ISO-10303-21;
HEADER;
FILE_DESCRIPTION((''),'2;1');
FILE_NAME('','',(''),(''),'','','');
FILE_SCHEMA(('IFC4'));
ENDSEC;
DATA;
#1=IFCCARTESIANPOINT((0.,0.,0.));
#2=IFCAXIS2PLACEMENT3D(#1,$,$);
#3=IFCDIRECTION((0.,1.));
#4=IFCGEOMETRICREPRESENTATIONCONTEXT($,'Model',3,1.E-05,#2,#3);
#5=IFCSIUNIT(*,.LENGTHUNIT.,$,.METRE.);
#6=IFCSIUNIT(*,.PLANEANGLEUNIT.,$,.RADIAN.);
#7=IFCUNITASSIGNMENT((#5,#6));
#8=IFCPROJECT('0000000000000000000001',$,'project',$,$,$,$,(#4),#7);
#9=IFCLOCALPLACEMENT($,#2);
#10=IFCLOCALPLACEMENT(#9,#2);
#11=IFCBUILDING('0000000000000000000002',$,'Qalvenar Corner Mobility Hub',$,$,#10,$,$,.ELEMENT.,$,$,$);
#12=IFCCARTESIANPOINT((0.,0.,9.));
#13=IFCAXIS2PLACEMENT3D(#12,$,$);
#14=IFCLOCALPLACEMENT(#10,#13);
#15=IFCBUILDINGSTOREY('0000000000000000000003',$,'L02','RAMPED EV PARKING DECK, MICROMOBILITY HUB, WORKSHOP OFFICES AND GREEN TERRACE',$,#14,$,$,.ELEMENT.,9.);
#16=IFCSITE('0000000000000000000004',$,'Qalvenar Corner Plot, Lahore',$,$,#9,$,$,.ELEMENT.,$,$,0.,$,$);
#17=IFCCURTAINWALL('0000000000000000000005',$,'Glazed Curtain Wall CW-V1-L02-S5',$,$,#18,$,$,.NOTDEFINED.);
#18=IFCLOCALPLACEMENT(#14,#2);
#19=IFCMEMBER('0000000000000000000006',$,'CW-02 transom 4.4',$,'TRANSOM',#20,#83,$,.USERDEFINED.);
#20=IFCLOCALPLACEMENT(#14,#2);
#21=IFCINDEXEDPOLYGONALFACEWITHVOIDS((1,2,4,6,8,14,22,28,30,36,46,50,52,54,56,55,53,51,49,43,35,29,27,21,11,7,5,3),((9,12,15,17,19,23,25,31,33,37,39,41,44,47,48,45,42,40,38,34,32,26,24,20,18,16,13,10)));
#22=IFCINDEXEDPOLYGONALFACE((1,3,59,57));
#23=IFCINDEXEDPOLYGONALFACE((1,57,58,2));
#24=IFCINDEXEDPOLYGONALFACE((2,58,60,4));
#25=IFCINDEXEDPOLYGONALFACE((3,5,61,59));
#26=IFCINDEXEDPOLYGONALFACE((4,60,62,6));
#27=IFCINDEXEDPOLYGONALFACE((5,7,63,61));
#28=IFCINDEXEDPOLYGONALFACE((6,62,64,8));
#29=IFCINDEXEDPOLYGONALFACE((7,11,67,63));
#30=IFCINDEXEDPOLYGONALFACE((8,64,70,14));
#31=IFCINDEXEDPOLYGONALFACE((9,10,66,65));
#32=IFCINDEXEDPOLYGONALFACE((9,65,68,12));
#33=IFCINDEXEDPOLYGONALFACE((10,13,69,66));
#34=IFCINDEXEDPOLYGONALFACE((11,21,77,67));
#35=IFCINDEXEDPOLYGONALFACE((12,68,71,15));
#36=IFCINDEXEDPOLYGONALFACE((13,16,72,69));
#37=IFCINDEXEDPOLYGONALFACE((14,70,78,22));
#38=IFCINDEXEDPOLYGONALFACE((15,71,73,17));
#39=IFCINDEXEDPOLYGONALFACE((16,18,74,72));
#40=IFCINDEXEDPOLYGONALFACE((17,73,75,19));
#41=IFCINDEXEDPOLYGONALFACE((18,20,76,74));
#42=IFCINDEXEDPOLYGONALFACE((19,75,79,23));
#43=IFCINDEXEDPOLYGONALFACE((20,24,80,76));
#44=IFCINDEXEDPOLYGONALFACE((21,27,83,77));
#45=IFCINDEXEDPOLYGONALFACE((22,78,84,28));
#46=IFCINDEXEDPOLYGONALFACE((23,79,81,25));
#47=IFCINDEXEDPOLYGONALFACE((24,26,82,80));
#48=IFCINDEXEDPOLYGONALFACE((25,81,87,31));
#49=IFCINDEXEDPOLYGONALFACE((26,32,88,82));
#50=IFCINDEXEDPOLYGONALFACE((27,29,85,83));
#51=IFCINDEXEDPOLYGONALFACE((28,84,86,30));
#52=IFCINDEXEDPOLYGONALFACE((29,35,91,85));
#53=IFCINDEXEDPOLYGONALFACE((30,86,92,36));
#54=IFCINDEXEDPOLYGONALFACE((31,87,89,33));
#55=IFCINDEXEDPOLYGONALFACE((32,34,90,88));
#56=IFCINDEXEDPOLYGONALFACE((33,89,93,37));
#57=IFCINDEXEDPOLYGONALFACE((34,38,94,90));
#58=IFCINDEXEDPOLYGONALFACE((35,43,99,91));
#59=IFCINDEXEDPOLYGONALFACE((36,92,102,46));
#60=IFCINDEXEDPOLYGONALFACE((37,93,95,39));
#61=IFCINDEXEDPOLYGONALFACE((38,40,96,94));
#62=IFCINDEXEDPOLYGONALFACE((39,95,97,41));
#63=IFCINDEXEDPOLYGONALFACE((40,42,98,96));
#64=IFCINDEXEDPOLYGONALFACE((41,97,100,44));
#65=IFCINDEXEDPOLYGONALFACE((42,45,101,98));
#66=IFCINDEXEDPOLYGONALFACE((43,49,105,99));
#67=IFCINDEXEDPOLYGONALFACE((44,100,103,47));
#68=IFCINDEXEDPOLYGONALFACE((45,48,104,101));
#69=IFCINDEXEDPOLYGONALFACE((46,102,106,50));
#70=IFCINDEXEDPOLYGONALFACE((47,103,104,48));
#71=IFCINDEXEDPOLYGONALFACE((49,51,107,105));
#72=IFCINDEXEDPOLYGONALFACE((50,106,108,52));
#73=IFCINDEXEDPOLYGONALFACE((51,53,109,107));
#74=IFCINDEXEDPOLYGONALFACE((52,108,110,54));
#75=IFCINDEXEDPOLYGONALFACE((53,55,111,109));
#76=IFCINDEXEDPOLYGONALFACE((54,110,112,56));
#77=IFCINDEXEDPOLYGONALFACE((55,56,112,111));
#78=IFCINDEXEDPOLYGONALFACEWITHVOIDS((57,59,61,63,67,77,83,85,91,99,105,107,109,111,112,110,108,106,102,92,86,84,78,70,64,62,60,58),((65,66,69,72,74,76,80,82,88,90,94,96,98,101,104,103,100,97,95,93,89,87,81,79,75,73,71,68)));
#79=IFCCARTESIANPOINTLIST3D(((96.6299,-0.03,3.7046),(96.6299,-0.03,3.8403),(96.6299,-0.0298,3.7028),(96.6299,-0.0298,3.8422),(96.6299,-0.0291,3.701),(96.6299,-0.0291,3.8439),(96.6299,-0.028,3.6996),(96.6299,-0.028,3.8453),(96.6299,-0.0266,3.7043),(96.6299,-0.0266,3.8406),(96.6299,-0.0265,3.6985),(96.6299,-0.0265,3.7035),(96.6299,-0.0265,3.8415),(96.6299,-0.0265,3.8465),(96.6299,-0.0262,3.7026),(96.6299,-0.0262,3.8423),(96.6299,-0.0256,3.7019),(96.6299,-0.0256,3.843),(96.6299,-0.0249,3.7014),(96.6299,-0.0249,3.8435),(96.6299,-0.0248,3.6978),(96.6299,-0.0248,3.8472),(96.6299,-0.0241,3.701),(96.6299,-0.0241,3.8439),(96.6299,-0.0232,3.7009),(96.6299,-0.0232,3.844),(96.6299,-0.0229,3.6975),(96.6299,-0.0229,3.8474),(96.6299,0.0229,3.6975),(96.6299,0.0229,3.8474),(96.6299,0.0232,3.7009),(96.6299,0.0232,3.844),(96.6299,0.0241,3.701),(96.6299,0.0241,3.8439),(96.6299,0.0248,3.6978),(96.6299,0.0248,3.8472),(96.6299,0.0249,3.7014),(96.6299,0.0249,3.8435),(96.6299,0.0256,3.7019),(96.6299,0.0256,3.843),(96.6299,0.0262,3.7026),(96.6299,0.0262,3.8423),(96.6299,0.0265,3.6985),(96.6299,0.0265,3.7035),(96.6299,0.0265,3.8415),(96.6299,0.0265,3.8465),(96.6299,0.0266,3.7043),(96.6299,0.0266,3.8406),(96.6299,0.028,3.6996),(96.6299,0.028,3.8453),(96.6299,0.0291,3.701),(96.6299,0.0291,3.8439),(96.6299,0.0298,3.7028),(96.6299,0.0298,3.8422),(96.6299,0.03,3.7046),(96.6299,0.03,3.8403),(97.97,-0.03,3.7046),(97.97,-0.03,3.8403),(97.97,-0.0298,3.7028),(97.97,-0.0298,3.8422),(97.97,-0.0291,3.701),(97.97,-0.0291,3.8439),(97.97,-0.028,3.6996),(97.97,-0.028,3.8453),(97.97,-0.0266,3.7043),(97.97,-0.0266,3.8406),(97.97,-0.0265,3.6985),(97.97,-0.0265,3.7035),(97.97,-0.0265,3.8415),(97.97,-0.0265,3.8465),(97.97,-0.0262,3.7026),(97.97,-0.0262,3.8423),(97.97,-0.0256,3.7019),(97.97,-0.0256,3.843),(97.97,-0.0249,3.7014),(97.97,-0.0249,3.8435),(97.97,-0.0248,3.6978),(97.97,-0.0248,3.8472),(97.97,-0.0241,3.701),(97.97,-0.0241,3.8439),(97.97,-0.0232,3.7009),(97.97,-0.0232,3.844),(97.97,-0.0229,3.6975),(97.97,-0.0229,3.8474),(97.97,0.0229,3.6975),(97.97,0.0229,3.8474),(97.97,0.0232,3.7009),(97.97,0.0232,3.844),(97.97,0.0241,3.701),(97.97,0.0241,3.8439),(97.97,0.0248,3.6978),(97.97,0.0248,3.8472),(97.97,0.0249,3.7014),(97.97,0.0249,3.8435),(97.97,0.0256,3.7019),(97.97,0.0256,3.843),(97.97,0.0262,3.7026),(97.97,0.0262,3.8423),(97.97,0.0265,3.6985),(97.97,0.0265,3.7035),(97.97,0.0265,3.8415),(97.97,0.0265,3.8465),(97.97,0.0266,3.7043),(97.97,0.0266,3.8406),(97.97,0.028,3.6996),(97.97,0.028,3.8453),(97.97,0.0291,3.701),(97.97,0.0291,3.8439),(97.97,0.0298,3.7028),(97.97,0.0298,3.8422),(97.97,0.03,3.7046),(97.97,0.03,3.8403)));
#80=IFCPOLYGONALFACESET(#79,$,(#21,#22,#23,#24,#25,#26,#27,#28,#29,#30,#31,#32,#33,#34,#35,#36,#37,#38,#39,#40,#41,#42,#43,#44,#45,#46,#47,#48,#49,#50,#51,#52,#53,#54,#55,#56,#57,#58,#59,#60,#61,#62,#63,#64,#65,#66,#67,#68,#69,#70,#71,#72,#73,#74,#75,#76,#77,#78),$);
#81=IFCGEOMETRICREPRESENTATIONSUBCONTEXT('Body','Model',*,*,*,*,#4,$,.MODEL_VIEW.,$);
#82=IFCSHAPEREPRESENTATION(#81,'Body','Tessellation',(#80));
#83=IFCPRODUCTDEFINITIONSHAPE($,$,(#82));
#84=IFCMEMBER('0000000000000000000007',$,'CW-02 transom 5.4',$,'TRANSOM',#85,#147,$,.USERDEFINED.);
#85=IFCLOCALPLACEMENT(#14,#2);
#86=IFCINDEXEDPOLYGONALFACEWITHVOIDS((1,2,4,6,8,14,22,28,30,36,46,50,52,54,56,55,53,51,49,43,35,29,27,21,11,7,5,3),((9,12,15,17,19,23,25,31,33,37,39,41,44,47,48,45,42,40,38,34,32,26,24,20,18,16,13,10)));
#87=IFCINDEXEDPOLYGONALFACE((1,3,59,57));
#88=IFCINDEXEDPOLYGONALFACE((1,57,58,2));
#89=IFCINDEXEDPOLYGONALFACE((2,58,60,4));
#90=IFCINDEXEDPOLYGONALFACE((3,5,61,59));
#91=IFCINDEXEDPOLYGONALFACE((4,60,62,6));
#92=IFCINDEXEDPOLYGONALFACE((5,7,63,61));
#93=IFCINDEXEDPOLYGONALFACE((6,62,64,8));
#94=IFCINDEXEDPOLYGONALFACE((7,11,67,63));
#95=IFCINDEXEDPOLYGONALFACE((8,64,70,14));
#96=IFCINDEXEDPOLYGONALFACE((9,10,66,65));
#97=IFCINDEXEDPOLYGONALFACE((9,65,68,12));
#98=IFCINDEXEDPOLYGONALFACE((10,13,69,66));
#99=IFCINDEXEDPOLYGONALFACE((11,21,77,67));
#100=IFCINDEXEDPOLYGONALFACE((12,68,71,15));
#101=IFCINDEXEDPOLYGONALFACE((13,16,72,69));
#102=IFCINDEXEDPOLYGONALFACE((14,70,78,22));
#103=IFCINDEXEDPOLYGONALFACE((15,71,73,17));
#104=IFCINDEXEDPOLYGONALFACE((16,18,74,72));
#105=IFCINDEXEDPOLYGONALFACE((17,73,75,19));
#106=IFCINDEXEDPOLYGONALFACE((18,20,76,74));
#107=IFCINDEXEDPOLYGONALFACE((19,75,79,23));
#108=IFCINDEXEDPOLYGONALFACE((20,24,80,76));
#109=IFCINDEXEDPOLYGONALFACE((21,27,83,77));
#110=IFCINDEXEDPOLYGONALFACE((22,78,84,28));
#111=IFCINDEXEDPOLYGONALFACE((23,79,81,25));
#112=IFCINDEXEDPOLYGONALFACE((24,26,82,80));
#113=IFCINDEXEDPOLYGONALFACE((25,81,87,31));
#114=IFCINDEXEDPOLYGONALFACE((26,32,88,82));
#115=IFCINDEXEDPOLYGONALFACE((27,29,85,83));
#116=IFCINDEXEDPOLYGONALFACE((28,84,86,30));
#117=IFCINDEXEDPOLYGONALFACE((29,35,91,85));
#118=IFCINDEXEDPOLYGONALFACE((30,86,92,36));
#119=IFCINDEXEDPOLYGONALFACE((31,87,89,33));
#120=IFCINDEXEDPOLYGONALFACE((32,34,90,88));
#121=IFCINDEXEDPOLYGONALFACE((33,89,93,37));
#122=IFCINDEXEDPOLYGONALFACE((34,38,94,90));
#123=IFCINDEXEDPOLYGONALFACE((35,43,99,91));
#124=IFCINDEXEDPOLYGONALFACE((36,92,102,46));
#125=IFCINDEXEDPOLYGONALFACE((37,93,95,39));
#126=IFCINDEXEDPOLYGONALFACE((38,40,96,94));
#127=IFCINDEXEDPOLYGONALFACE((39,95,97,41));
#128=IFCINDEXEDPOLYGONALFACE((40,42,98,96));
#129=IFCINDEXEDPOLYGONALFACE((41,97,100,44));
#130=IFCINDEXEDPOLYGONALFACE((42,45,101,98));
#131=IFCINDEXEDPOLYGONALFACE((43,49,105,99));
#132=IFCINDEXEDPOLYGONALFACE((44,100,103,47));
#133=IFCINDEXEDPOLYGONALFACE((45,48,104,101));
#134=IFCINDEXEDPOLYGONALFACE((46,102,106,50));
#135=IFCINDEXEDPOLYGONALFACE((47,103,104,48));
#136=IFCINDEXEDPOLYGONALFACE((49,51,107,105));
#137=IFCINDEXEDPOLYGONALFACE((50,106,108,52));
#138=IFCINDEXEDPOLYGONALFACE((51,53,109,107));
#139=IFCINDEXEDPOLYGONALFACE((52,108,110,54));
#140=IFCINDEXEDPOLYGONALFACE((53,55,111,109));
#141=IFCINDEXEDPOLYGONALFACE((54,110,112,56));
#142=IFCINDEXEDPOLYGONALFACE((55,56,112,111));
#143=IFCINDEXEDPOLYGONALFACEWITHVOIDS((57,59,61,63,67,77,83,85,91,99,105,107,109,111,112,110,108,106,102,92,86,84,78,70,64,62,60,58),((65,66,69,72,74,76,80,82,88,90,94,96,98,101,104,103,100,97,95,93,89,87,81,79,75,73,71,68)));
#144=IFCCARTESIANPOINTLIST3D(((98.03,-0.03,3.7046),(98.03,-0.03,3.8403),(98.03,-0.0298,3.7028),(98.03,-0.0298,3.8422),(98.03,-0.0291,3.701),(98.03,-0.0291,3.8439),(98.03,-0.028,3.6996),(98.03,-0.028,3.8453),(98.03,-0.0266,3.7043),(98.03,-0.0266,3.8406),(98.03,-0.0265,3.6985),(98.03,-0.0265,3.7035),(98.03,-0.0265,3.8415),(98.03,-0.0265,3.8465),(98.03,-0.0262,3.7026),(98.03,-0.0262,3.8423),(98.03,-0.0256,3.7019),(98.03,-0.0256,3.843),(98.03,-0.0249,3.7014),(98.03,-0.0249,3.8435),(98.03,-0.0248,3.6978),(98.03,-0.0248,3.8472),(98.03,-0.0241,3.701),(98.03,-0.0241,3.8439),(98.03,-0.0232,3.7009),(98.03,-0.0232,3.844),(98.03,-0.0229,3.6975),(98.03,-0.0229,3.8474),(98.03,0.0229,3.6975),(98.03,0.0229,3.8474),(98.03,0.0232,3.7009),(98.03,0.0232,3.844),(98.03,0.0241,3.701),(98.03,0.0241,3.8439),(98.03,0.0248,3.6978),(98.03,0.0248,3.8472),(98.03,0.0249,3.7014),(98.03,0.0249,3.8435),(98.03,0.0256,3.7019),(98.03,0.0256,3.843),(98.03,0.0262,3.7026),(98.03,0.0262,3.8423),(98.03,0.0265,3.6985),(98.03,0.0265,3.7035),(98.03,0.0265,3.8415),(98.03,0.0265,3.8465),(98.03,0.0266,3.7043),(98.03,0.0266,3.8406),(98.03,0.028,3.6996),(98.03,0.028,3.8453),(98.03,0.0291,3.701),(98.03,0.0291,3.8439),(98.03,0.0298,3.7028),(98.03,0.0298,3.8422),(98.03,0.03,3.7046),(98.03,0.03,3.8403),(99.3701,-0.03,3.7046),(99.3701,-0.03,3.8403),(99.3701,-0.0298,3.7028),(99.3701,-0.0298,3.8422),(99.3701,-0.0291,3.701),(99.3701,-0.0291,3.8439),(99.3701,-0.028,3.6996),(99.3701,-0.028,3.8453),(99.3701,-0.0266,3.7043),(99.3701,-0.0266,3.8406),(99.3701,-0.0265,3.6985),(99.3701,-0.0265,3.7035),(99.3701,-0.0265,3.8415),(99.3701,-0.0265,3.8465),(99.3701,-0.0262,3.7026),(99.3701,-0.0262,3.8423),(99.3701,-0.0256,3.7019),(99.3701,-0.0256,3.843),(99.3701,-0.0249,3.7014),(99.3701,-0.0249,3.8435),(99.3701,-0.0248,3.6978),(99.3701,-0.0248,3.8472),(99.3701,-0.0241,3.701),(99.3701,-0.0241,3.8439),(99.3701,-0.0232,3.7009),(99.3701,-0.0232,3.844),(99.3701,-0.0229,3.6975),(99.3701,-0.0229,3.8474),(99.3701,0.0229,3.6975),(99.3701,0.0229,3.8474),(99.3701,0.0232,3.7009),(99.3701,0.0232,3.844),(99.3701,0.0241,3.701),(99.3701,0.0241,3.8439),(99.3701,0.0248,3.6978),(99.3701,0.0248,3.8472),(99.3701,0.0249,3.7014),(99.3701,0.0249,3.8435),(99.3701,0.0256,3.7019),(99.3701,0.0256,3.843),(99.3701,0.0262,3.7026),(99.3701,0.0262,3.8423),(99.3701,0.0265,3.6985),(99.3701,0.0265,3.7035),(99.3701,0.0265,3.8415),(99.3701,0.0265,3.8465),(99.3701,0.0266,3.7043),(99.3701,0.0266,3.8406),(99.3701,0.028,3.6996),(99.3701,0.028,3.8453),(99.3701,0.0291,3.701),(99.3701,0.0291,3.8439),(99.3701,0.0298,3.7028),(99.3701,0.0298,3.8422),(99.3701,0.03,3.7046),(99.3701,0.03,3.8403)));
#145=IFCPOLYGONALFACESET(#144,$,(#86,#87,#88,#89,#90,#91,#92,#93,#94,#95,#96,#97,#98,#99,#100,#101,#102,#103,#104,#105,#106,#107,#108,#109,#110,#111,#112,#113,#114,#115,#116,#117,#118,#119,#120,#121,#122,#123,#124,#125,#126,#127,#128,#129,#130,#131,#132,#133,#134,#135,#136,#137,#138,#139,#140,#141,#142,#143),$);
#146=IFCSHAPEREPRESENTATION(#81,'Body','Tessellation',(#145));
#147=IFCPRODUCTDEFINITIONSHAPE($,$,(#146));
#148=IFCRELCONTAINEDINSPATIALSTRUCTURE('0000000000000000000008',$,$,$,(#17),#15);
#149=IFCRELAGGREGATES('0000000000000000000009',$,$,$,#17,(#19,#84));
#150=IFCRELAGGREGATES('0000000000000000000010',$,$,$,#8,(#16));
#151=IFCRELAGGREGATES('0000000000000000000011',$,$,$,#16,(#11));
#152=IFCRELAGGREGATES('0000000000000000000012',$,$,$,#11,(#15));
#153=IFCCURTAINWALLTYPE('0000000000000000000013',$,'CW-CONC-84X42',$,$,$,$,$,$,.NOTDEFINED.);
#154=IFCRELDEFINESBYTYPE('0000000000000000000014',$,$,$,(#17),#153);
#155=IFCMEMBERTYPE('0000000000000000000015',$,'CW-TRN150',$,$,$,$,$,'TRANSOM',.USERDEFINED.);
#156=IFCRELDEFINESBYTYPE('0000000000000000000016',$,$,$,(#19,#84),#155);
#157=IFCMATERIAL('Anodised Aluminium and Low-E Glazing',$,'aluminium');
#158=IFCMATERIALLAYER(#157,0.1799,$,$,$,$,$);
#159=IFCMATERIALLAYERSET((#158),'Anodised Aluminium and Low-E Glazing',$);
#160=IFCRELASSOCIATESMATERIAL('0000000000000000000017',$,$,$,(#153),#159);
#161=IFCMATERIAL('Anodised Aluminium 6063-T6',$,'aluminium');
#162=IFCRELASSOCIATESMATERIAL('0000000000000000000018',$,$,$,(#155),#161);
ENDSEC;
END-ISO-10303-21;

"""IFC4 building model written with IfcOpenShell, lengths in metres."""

from ifc_helpers import new_model, si_unit, direction, frame, origin, origin_2d, place, context, subcontext, project, spatial, hollow_rectangle, extrude, material, layer, layer_set, material_profile, profile_set, type_object, element, aggregate, save


model = new_model("IFC4")

# Units and contexts
model_context = context("Model", 3, precision=1e-05, world=origin(), true_north=direction((0.0, 1.0)))
body_context = subcontext(model_context, "Body", "Model", "MODEL_VIEW")
ifc_project = project(units=[si_unit("LENGTHUNIT", "METRE"), si_unit("PLANEANGLEUNIT", "RADIAN")], contexts=[model_context])

# Site, building, storey
site_placement = place(None, origin())
site = spatial("IfcSite", under=ifc_project, at=site_placement, Name="Qalvenar Corner Plot, Lahore", CompositionType="ELEMENT", RefElevation=0.0)
building_placement = place(site_placement, origin())
building = spatial("IfcBuilding", under=site, at=building_placement, Name="Qalvenar Corner Mobility Hub", CompositionType="ELEMENT")
storey_placement = place(building_placement, frame((0.0, 0.0, 9.0)))
storey = spatial("IfcBuildingStorey", under=building, at=storey_placement, Name="L02", Description="RAMPED EV PARKING DECK, MICROMOBILITY HUB, WORKSHOP OFFICES AND GREEN TERRACE", CompositionType="ELEMENT", Elevation=9.0)

# Curtain wall, members
ifc_material_1 = material(Name="Anodised Aluminium and Low-E Glazing", Category="aluminium")
ifc_layer_1 = layer(ifc_material_1, 0.1799)
ifc_layer_set_1 = layer_set([ifc_layer_1], Name="Anodised Aluminium and Low-E Glazing")
curtain_wall_type = type_object("IfcCurtainWallType", Name="CW-CONC-84X42", PredefinedType="NOTDEFINED", material=ifc_layer_set_1)
curtain_wall_1_placement = place(storey_placement, origin())
curtain_wall_1 = element("IfcCurtainWall", 1, at=curtain_wall_1_placement, inside=storey, type_object=curtain_wall_type, Name="Glazed Curtain Wall CW-V1-L02-S5", PredefinedType="NOTDEFINED")
ifc_material_2 = material(Name="Anodised Aluminium 6063-T6", Category="aluminium")
ifc_material_profile_1 = material_profile(ifc_material_2, hollow_rectangle(XDim=0.0601, YDim=0.1499, WallThickness=0.0034, InnerFilletRadius=0.0034, OuterFilletRadius=0.0071, at=origin_2d()), Name="RHS150x60x3.5")
ifc_profile_set_1 = profile_set([ifc_material_profile_1], Name="Anodised Aluminium 6063-T6")
member_type_1 = type_object("IfcMemberType", Name="CW-TRN150", ElementType="TRANSOM", PredefinedType="USERDEFINED", material=ifc_profile_set_1)
member_1_placement = place(storey_placement, frame((96.6299, 0.0, 3.7725), z_axis=(1.0, 0.0, 0.0), x_axis=(0.0, 1.0, 0.0)))
member_1 = element("IfcMember", 2, at=member_1_placement, type_object=member_type_1, Name="CW-02 transom 4.4", ObjectType="TRANSOM", PredefinedType="USERDEFINED", context=body_context, shape_type="SweptSolid", body=[
    extrude(hollow_rectangle(XDim=0.0601, YDim=0.1499, WallThickness=0.0034, InnerFilletRadius=0.0034, OuterFilletRadius=0.0071, at=origin_2d()), origin(), (0.0, 0.0, 1.0), 1.3401),
])
member_2_placement = place(storey_placement, frame((98.03, 0.0, 3.7725), z_axis=(1.0, 0.0, 0.0), x_axis=(0.0, 1.0, 0.0)))
member_2 = element("IfcMember", 3, at=member_2_placement, type_object=member_type_1, Name="CW-02 transom 5.4", ObjectType="TRANSOM", PredefinedType="USERDEFINED", context=body_context, shape_type="SweptSolid", body=[
    extrude(hollow_rectangle(XDim=0.0601, YDim=0.1499, WallThickness=0.0034, InnerFilletRadius=0.0034, OuterFilletRadius=0.0071, at=origin_2d()), origin(), (0.0, 0.0, 1.0), 1.3401),
])
aggregate(curtain_wall_1, [member_1, member_2])

save(model, "model.ifc")
